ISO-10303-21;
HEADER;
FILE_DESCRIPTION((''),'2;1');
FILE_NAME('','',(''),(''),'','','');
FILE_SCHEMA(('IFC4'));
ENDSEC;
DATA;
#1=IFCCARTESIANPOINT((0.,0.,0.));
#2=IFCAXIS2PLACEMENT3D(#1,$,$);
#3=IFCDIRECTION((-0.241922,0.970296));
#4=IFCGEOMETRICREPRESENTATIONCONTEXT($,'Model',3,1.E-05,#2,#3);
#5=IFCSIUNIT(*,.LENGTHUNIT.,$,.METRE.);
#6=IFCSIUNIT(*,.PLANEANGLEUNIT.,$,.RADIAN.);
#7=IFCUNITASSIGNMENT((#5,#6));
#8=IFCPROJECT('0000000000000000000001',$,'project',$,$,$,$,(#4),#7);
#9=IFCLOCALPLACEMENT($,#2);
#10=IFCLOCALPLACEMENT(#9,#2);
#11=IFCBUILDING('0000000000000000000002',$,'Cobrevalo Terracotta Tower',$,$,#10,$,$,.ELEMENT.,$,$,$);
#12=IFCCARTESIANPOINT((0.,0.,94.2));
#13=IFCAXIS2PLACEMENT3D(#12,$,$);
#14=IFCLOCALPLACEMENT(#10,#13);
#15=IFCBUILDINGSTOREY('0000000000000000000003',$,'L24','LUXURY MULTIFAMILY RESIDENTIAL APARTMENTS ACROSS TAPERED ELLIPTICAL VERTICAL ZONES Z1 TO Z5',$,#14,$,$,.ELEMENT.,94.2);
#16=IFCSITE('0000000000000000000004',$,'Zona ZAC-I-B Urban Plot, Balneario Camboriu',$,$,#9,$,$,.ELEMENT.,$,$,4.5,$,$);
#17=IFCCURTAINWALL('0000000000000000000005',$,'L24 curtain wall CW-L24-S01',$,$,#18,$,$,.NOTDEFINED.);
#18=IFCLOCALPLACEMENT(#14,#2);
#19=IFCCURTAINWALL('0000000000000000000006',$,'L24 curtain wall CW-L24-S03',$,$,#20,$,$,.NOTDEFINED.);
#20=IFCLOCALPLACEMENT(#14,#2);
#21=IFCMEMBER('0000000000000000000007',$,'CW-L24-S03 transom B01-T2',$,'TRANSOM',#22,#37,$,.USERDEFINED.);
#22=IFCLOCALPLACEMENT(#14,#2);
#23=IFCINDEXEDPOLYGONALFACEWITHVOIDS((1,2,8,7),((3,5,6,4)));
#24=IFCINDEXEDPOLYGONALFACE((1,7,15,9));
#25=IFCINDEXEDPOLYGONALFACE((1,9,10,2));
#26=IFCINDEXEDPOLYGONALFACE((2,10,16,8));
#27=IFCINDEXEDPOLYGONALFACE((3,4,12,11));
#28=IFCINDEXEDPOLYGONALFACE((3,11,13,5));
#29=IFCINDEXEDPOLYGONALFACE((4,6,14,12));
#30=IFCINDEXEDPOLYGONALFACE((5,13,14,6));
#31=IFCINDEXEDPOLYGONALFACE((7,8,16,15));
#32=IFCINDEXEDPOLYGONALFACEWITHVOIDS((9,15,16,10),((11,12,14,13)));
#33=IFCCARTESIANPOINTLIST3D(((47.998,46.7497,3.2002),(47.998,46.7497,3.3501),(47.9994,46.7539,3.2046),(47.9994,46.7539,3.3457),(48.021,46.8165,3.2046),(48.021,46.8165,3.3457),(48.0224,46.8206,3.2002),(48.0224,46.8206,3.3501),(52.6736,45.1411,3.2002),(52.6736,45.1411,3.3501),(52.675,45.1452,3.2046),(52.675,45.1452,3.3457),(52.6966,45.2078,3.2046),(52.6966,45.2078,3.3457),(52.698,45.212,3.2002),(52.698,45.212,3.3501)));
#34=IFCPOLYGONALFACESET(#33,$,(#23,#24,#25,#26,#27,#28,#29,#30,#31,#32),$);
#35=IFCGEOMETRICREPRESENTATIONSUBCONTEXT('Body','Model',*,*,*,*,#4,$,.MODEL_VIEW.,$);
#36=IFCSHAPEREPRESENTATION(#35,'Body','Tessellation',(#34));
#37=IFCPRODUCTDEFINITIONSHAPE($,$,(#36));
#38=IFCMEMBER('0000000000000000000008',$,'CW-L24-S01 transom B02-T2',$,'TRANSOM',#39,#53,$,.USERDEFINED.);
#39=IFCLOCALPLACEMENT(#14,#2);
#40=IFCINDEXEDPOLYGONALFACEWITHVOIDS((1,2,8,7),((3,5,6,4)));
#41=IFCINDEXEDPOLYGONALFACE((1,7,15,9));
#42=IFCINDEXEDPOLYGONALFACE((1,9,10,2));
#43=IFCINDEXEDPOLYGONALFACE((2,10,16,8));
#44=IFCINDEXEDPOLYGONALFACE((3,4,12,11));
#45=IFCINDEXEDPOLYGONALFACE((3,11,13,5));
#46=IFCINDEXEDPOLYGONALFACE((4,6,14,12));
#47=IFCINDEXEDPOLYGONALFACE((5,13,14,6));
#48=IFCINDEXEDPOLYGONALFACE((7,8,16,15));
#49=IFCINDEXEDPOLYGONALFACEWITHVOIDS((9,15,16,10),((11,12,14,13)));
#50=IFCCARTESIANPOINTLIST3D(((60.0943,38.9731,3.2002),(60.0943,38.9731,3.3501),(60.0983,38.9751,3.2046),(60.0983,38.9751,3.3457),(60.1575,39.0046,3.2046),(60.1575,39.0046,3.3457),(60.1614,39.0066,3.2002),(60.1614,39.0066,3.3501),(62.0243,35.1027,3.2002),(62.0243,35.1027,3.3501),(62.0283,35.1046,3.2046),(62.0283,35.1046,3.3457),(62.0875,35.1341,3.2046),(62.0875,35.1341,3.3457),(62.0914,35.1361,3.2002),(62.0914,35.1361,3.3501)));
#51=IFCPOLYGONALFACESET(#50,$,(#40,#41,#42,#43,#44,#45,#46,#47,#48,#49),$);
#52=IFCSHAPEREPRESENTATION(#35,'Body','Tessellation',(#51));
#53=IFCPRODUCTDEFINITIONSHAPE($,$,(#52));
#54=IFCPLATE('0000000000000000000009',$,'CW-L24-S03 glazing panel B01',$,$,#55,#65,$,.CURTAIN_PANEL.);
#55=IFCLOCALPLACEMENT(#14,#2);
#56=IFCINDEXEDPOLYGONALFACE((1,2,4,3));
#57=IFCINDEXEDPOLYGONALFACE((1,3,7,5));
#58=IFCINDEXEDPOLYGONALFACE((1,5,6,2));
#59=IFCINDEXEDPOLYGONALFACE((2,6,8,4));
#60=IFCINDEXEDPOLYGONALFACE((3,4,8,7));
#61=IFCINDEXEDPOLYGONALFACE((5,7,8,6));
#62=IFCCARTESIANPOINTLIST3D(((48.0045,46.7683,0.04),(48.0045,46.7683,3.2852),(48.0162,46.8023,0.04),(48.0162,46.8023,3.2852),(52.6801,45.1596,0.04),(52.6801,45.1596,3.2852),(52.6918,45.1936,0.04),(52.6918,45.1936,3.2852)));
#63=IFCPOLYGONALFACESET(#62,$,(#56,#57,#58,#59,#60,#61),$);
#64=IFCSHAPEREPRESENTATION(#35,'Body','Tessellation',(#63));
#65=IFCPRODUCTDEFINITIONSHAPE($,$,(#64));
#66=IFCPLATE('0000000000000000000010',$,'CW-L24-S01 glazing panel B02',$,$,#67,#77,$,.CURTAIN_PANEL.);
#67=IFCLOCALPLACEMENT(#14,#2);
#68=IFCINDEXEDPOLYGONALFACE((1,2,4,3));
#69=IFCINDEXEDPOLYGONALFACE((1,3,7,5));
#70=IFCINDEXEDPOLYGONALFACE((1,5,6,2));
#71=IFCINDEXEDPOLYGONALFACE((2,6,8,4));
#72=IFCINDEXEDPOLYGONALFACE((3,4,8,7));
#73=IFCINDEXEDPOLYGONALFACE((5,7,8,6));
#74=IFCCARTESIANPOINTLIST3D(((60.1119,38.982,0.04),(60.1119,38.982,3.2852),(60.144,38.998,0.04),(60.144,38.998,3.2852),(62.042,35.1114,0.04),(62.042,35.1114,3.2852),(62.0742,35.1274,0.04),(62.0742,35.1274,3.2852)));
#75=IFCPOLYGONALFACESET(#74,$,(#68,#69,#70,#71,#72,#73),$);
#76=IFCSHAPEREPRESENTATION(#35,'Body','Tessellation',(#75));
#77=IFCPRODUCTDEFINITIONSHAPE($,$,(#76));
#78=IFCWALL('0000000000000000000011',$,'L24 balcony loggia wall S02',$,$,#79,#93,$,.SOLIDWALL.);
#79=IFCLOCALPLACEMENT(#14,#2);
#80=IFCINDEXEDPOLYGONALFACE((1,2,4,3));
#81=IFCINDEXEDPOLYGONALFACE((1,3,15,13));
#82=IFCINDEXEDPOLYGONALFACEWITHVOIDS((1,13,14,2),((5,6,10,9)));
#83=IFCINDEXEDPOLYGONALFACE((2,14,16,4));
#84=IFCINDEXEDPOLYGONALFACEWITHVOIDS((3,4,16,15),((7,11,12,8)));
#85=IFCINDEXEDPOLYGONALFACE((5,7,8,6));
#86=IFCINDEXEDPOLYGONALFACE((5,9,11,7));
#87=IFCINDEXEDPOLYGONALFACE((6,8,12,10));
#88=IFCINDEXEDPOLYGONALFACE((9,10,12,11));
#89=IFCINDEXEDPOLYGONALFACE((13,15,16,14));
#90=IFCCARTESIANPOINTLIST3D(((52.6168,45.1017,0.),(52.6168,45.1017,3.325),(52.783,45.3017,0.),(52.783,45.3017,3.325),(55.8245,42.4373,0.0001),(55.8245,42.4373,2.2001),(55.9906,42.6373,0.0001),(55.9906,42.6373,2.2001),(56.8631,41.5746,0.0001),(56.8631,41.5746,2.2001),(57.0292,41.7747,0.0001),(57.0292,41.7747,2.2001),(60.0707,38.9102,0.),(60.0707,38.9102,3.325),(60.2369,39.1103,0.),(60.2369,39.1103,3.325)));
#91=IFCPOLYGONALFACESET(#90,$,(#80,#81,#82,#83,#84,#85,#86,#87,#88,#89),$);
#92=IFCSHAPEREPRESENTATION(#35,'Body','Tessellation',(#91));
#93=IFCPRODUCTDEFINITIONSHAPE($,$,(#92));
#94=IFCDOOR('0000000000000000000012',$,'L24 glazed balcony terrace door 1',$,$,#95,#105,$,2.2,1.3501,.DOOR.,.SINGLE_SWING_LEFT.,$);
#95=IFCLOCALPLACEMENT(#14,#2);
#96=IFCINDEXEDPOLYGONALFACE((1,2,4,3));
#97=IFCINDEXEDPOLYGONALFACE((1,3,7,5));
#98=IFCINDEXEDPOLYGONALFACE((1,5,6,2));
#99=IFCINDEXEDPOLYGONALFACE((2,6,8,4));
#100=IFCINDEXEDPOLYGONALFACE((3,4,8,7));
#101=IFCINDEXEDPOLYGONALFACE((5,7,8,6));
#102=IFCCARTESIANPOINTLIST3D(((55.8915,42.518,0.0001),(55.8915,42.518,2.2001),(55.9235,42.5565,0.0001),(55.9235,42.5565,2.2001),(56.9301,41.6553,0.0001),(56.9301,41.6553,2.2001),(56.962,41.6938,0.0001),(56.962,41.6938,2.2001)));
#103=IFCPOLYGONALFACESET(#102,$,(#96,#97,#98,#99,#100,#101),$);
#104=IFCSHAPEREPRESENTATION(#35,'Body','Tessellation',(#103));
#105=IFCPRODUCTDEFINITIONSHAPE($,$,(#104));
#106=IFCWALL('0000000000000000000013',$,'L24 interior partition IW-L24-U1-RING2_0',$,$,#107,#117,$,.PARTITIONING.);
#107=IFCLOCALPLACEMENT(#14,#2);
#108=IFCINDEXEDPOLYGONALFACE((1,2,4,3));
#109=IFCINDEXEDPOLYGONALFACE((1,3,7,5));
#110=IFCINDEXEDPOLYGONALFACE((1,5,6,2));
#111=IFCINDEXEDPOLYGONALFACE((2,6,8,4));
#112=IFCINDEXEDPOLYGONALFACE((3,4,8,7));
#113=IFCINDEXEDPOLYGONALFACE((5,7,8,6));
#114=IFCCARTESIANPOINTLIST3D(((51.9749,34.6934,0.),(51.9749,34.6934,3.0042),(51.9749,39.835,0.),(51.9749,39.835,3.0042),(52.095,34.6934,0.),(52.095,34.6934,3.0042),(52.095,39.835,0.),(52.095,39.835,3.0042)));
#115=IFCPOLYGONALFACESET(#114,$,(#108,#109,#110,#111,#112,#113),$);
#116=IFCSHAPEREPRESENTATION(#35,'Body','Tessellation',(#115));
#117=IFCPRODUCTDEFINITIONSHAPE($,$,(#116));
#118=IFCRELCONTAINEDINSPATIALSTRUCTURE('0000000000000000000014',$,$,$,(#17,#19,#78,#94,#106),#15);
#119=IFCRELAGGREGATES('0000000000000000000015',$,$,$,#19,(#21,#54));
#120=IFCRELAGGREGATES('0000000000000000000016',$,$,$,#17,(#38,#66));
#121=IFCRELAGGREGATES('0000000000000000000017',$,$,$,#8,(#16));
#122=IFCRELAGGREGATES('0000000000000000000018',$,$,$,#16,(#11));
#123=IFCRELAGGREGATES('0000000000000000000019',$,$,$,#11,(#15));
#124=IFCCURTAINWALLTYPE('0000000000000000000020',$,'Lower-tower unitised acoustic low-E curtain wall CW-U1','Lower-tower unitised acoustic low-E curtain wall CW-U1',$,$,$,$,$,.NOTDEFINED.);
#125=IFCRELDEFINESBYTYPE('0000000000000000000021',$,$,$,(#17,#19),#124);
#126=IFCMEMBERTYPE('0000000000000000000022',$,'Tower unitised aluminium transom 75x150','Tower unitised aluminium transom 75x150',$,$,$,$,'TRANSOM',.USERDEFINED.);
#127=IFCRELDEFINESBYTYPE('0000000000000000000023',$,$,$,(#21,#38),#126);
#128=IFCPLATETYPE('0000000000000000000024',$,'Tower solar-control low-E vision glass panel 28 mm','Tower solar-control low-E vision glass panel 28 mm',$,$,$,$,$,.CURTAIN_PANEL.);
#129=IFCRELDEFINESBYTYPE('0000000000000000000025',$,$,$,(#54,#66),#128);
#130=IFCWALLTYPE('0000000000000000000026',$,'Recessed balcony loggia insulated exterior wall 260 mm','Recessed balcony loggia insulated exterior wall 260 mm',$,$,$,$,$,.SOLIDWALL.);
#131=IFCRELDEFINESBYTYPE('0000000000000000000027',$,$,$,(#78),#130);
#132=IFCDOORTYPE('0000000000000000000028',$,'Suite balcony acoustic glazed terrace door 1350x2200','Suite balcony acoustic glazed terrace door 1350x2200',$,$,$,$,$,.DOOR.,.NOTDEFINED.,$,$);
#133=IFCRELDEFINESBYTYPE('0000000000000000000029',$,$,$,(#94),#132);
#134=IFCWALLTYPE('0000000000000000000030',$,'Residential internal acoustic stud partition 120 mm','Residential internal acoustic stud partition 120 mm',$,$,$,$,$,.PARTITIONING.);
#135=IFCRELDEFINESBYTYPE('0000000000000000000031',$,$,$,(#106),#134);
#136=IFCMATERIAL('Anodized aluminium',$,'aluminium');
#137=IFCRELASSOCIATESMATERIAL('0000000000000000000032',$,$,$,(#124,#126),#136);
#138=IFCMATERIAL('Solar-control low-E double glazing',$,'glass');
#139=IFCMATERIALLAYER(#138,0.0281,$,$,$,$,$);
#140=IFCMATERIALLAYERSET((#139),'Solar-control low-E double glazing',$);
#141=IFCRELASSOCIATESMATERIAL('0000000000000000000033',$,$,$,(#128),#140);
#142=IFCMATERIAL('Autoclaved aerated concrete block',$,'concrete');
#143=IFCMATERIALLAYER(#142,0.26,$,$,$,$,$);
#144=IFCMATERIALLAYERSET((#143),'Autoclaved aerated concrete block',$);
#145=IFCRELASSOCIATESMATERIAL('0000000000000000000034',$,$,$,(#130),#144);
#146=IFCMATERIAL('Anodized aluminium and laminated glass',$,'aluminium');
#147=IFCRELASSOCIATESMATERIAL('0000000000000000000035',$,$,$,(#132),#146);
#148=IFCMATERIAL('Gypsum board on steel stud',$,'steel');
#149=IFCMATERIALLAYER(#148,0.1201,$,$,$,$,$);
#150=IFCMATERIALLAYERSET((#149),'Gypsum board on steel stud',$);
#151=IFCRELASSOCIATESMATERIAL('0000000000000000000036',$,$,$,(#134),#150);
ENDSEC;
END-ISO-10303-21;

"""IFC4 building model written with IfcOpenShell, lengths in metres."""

from ifc_helpers import new_model, si_unit, direction, frame, frame_2d, origin, origin_2d, place, context, subcontext, project, spatial, rectangle, hollow_rectangle, extrude, source, transform, mapped, material, layer, layer_set, material_profile, profile_set, type_object, element, fill, aggregate, save


model = new_model("IFC4")

# Units and contexts
model_context = context("Model", 3, precision=1e-05, world=origin(), true_north=direction((-0.241922, 0.970296)))
body_context = subcontext(model_context, "Body", "Model", "MODEL_VIEW")
ifc_project = project(units=[si_unit("LENGTHUNIT", "METRE"), si_unit("PLANEANGLEUNIT", "RADIAN")], contexts=[model_context])

# Site, building, storey
site_placement = place(None, origin())
site = spatial("IfcSite", under=ifc_project, at=site_placement, Name="Zona ZAC-I-B Urban Plot, Balneario Camboriu", CompositionType="ELEMENT", RefElevation=4.5)
building_placement = place(site_placement, origin())
building = spatial("IfcBuilding", under=site, at=building_placement, Name="Cobrevalo Terracotta Tower", CompositionType="ELEMENT")
storey_placement = place(building_placement, frame((0.0, 0.0, 94.2)))
storey = spatial("IfcBuildingStorey", under=building, at=storey_placement, Name="L24", Description="LUXURY MULTIFAMILY RESIDENTIAL APARTMENTS ACROSS TAPERED ELLIPTICAL VERTICAL ZONES Z1 TO Z5", CompositionType="ELEMENT", Elevation=94.2)

# Curtain wall
ifc_material_1 = material(Name="Anodized aluminium", Category="aluminium")
curtain_wall_type = type_object("IfcCurtainWallType", Name="Lower-tower unitised acoustic low-E curtain wall CW-U1", Description="Lower-tower unitised acoustic low-E curtain wall CW-U1", PredefinedType="NOTDEFINED", material=ifc_material_1)
curtain_wall_1_placement = place(storey_placement, origin())
curtain_wall_1 = element("IfcCurtainWall", 1, at=curtain_wall_1_placement, inside=storey, type_object=curtain_wall_type, Name="L24 curtain wall CW-L24-S01", PredefinedType="NOTDEFINED")

# Curtain wall, member
curtain_wall_2_placement = place(storey_placement, origin())
curtain_wall_2 = element("IfcCurtainWall", 2, at=curtain_wall_2_placement, inside=storey, type_object=curtain_wall_type, Name="L24 curtain wall CW-L24-S03", PredefinedType="NOTDEFINED")
ifc_material_profile_1 = material_profile(ifc_material_1, hollow_rectangle(XDim=0.075, YDim=0.1499, WallThickness=0.0044, at=origin_2d()), Name="CWT 75x150")
ifc_profile_set_1 = profile_set([ifc_material_profile_1], Name="Anodized aluminium")
member_type_1 = type_object("IfcMemberType", Name="Tower unitised aluminium transom 75x150", Description="Tower unitised aluminium transom 75x150", ElementType="TRANSOM", PredefinedType="USERDEFINED", material=ifc_profile_set_1)
shared_shape_1 = source(origin(), body_context, "Body", "SweptSolid", [
    extrude(hollow_rectangle(XDim=0.075, YDim=0.1499, WallThickness=0.0044, at=origin_2d()), origin(), (0.0, 0.0, 1.0), 4.9446),
])
member_1_placement = place(storey_placement, frame((52.6858, 45.1765, 3.2751), z_axis=(-0.945598, 0.325338, 0.0), x_axis=(-0.325338, -0.945598, 0.0)))
member_1 = element("IfcMember", 3, at=member_1_placement, type_object=member_type_1, Name="CW-L24-S03 transom B01-T2", ObjectType="TRANSOM", PredefinedType="USERDEFINED", context=body_context, shape_type="MappedRepresentation", body=[
    mapped(shared_shape_1, transform((0.0, 0.0, 0.0), scale=1.0)),
])

# Member
shared_shape_2 = source(origin(), body_context, "Body", "SweptSolid", [
    extrude(hollow_rectangle(XDim=0.075, YDim=0.1499, WallThickness=0.0044, at=origin_2d()), origin(), (0.0, 0.0, 1.0), 4.325),
])
member_2_placement = place(storey_placement, frame((62.0579, 35.1194, 3.2751), z_axis=(-0.446242, 0.894912, 0.0), x_axis=(-0.894912, -0.446242, 0.0)))
member_2 = element("IfcMember", 4, at=member_2_placement, type_object=member_type_1, Name="CW-L24-S01 transom B02-T2", ObjectType="TRANSOM", PredefinedType="USERDEFINED", context=body_context, shape_type="MappedRepresentation", body=[
    mapped(shared_shape_2, transform((0.0, 0.0, 0.0), scale=1.0)),
])

# Plates
ifc_material_2 = material(Name="Solar-control low-E double glazing", Category="glass")
ifc_layer_1 = layer(ifc_material_2, 0.0281)
ifc_layer_set_1 = layer_set([ifc_layer_1], Name="Solar-control low-E double glazing")
plate_type = type_object("IfcPlateType", Name="Tower solar-control low-E vision glass panel 28 mm", Description="Tower solar-control low-E vision glass panel 28 mm", PredefinedType="CURTAIN_PANEL", material=ifc_layer_set_1)
shared_shape_3 = source(origin(), body_context, "Body", "SweptSolid", [
    extrude(rectangle(XDim=4.9446, YDim=0.0359, at=origin_2d()), origin(), (0.0, 0.0, 1.0), 3.2451),
])
plate_1_placement = place(storey_placement, frame((50.3481, 45.981, 0.04), z_axis=(0.0, 0.0, 1.0), x_axis=(-0.945596, 0.325342, 0.0)))
plate_1 = element("IfcPlate", 5, at=plate_1_placement, type_object=plate_type, Name="CW-L24-S03 glazing panel B01", PredefinedType="CURTAIN_PANEL", context=body_context, shape_type="MappedRepresentation", body=[
    mapped(shared_shape_3, transform((0.0, 0.0, 0.0), scale=1.0)),
])
aggregate(curtain_wall_2, [member_1, plate_1])
shared_shape_4 = source(origin(), body_context, "Body", "SweptSolid", [
    extrude(rectangle(XDim=4.3252, YDim=0.0359, at=origin_2d()), origin(), (0.0, 0.0, 1.0), 3.2451),
])
plate_2_placement = place(storey_placement, frame((61.093, 37.0547, 0.04), z_axis=(0.0, 0.0, 1.0), x_axis=(-0.446262, 0.894902, 0.0)))
plate_2 = element("IfcPlate", 6, at=plate_2_placement, type_object=plate_type, Name="CW-L24-S01 glazing panel B02", PredefinedType="CURTAIN_PANEL", context=body_context, shape_type="MappedRepresentation", body=[
    mapped(shared_shape_4, transform((0.0, 0.0, 0.0), scale=1.0)),
])
aggregate(curtain_wall_1, [member_2, plate_2])

# Wall, opening, door
ifc_material_3 = material(Name="Autoclaved aerated concrete block", Category="concrete")
ifc_layer_2 = layer(ifc_material_3, 0.26)
ifc_layer_set_2 = layer_set([ifc_layer_2], Name="Autoclaved aerated concrete block")
wall_type_1 = type_object("IfcWallType", Name="Recessed balcony loggia insulated exterior wall 260 mm", Description="Recessed balcony loggia insulated exterior wall 260 mm", PredefinedType="SOLIDWALL", material=ifc_layer_set_2)
wall_1_placement = place(storey_placement, frame((60.1538, 39.0103, 0.0), z_axis=(0.0, 0.0, 1.0), x_axis=(-0.769243, 0.638957, 0.0)))
wall_1 = element("IfcWall", 7, at=wall_1_placement, inside=storey, type_object=wall_type_1, Name="L24 balcony loggia wall S02", PredefinedType="SOLIDWALL", context=body_context, shape_type="SweptSolid", body=[
    extrude(rectangle(XDim=9.6899, YDim=0.26, at=frame_2d((4.845, 0.0))), origin(), (0.0, 0.0, 1.0), 3.325),
])
opening_1_placement = place(wall_1_placement, frame((4.1699, 0.0, 0.0)))
opening_1 = element("IfcOpeningElement", 8, at=opening_1_placement, cuts=wall_1, PredefinedType="OPENING", context=body_context, shape_type="SweptSolid", body=[
    extrude(rectangle(XDim=1.3501, YDim=2.2, at=frame_2d((0.675, 1.1001))), frame((0.0, 0.1401, 0.0), z_axis=(0.0, -1.0, 0.0), x_axis=(1.0, 0.0, 0.0)), (0.0, 0.0, 1.0), 0.28),
])
ifc_material_4 = material(Name="Anodized aluminium and laminated glass", Category="aluminium")
door_type_1 = type_object("IfcDoorType", Name="Suite balcony acoustic glazed terrace door 1350x2200", Description="Suite balcony acoustic glazed terrace door 1350x2200", OperationType="NOTDEFINED", PredefinedType="DOOR", material=ifc_material_4)
shared_shape_5 = source(origin(), body_context, "Body", "SweptSolid", [
    extrude(rectangle(XDim=1.3501, YDim=2.2, at=frame_2d((0.675, 1.1001))), frame((0.0, 0.0249, 0.0), z_axis=(0.0, -1.0, 0.0), x_axis=(1.0, 0.0, 0.0)), (0.0, 0.0, 1.0), 0.05),
])
door_1_placement = place(opening_1_placement, frame((1.3501, 0.0, 0.0), z_axis=(0.0, 0.0, 1.0), x_axis=(-1.0, 0.0, 0.0)))
door_1 = element("IfcDoor", 9, at=door_1_placement, inside=storey, type_object=door_type_1, Name="L24 glazed balcony terrace door 1", OperationType="SINGLE_SWING_LEFT", OverallHeight=2.2, OverallWidth=1.3501, PredefinedType="DOOR", context=body_context, shape_type="MappedRepresentation", body=[
    mapped(shared_shape_5, transform((0.0, 0.0, 0.0), scale=1.0)),
])
fill(opening_1, door_1)

# Wall
ifc_material_5 = material(Name="Gypsum board on steel stud", Category="steel")
ifc_layer_3 = layer(ifc_material_5, 0.1201)
ifc_layer_set_3 = layer_set([ifc_layer_3], Name="Gypsum board on steel stud")
wall_type_2 = type_object("IfcWallType", Name="Residential internal acoustic stud partition 120 mm", Description="Residential internal acoustic stud partition 120 mm", PredefinedType="PARTITIONING", material=ifc_layer_set_3)
wall_2_placement = place(storey_placement, frame((52.0349, 39.835, 0.0), z_axis=(0.0, 0.0, 1.0), x_axis=(0.0, -1.0, 0.0)))
element("IfcWall", 10, at=wall_2_placement, inside=storey, type_object=wall_type_2, Name="L24 interior partition IW-L24-U1-RING2_0", PredefinedType="PARTITIONING", context=body_context, shape_type="SweptSolid", body=[
    extrude(rectangle(XDim=5.1416, YDim=0.1201, at=frame_2d((2.5708, 0.0))), origin(), (0.0, 0.0, 1.0), 3.0042),
])

save(model, "model.ifc")
